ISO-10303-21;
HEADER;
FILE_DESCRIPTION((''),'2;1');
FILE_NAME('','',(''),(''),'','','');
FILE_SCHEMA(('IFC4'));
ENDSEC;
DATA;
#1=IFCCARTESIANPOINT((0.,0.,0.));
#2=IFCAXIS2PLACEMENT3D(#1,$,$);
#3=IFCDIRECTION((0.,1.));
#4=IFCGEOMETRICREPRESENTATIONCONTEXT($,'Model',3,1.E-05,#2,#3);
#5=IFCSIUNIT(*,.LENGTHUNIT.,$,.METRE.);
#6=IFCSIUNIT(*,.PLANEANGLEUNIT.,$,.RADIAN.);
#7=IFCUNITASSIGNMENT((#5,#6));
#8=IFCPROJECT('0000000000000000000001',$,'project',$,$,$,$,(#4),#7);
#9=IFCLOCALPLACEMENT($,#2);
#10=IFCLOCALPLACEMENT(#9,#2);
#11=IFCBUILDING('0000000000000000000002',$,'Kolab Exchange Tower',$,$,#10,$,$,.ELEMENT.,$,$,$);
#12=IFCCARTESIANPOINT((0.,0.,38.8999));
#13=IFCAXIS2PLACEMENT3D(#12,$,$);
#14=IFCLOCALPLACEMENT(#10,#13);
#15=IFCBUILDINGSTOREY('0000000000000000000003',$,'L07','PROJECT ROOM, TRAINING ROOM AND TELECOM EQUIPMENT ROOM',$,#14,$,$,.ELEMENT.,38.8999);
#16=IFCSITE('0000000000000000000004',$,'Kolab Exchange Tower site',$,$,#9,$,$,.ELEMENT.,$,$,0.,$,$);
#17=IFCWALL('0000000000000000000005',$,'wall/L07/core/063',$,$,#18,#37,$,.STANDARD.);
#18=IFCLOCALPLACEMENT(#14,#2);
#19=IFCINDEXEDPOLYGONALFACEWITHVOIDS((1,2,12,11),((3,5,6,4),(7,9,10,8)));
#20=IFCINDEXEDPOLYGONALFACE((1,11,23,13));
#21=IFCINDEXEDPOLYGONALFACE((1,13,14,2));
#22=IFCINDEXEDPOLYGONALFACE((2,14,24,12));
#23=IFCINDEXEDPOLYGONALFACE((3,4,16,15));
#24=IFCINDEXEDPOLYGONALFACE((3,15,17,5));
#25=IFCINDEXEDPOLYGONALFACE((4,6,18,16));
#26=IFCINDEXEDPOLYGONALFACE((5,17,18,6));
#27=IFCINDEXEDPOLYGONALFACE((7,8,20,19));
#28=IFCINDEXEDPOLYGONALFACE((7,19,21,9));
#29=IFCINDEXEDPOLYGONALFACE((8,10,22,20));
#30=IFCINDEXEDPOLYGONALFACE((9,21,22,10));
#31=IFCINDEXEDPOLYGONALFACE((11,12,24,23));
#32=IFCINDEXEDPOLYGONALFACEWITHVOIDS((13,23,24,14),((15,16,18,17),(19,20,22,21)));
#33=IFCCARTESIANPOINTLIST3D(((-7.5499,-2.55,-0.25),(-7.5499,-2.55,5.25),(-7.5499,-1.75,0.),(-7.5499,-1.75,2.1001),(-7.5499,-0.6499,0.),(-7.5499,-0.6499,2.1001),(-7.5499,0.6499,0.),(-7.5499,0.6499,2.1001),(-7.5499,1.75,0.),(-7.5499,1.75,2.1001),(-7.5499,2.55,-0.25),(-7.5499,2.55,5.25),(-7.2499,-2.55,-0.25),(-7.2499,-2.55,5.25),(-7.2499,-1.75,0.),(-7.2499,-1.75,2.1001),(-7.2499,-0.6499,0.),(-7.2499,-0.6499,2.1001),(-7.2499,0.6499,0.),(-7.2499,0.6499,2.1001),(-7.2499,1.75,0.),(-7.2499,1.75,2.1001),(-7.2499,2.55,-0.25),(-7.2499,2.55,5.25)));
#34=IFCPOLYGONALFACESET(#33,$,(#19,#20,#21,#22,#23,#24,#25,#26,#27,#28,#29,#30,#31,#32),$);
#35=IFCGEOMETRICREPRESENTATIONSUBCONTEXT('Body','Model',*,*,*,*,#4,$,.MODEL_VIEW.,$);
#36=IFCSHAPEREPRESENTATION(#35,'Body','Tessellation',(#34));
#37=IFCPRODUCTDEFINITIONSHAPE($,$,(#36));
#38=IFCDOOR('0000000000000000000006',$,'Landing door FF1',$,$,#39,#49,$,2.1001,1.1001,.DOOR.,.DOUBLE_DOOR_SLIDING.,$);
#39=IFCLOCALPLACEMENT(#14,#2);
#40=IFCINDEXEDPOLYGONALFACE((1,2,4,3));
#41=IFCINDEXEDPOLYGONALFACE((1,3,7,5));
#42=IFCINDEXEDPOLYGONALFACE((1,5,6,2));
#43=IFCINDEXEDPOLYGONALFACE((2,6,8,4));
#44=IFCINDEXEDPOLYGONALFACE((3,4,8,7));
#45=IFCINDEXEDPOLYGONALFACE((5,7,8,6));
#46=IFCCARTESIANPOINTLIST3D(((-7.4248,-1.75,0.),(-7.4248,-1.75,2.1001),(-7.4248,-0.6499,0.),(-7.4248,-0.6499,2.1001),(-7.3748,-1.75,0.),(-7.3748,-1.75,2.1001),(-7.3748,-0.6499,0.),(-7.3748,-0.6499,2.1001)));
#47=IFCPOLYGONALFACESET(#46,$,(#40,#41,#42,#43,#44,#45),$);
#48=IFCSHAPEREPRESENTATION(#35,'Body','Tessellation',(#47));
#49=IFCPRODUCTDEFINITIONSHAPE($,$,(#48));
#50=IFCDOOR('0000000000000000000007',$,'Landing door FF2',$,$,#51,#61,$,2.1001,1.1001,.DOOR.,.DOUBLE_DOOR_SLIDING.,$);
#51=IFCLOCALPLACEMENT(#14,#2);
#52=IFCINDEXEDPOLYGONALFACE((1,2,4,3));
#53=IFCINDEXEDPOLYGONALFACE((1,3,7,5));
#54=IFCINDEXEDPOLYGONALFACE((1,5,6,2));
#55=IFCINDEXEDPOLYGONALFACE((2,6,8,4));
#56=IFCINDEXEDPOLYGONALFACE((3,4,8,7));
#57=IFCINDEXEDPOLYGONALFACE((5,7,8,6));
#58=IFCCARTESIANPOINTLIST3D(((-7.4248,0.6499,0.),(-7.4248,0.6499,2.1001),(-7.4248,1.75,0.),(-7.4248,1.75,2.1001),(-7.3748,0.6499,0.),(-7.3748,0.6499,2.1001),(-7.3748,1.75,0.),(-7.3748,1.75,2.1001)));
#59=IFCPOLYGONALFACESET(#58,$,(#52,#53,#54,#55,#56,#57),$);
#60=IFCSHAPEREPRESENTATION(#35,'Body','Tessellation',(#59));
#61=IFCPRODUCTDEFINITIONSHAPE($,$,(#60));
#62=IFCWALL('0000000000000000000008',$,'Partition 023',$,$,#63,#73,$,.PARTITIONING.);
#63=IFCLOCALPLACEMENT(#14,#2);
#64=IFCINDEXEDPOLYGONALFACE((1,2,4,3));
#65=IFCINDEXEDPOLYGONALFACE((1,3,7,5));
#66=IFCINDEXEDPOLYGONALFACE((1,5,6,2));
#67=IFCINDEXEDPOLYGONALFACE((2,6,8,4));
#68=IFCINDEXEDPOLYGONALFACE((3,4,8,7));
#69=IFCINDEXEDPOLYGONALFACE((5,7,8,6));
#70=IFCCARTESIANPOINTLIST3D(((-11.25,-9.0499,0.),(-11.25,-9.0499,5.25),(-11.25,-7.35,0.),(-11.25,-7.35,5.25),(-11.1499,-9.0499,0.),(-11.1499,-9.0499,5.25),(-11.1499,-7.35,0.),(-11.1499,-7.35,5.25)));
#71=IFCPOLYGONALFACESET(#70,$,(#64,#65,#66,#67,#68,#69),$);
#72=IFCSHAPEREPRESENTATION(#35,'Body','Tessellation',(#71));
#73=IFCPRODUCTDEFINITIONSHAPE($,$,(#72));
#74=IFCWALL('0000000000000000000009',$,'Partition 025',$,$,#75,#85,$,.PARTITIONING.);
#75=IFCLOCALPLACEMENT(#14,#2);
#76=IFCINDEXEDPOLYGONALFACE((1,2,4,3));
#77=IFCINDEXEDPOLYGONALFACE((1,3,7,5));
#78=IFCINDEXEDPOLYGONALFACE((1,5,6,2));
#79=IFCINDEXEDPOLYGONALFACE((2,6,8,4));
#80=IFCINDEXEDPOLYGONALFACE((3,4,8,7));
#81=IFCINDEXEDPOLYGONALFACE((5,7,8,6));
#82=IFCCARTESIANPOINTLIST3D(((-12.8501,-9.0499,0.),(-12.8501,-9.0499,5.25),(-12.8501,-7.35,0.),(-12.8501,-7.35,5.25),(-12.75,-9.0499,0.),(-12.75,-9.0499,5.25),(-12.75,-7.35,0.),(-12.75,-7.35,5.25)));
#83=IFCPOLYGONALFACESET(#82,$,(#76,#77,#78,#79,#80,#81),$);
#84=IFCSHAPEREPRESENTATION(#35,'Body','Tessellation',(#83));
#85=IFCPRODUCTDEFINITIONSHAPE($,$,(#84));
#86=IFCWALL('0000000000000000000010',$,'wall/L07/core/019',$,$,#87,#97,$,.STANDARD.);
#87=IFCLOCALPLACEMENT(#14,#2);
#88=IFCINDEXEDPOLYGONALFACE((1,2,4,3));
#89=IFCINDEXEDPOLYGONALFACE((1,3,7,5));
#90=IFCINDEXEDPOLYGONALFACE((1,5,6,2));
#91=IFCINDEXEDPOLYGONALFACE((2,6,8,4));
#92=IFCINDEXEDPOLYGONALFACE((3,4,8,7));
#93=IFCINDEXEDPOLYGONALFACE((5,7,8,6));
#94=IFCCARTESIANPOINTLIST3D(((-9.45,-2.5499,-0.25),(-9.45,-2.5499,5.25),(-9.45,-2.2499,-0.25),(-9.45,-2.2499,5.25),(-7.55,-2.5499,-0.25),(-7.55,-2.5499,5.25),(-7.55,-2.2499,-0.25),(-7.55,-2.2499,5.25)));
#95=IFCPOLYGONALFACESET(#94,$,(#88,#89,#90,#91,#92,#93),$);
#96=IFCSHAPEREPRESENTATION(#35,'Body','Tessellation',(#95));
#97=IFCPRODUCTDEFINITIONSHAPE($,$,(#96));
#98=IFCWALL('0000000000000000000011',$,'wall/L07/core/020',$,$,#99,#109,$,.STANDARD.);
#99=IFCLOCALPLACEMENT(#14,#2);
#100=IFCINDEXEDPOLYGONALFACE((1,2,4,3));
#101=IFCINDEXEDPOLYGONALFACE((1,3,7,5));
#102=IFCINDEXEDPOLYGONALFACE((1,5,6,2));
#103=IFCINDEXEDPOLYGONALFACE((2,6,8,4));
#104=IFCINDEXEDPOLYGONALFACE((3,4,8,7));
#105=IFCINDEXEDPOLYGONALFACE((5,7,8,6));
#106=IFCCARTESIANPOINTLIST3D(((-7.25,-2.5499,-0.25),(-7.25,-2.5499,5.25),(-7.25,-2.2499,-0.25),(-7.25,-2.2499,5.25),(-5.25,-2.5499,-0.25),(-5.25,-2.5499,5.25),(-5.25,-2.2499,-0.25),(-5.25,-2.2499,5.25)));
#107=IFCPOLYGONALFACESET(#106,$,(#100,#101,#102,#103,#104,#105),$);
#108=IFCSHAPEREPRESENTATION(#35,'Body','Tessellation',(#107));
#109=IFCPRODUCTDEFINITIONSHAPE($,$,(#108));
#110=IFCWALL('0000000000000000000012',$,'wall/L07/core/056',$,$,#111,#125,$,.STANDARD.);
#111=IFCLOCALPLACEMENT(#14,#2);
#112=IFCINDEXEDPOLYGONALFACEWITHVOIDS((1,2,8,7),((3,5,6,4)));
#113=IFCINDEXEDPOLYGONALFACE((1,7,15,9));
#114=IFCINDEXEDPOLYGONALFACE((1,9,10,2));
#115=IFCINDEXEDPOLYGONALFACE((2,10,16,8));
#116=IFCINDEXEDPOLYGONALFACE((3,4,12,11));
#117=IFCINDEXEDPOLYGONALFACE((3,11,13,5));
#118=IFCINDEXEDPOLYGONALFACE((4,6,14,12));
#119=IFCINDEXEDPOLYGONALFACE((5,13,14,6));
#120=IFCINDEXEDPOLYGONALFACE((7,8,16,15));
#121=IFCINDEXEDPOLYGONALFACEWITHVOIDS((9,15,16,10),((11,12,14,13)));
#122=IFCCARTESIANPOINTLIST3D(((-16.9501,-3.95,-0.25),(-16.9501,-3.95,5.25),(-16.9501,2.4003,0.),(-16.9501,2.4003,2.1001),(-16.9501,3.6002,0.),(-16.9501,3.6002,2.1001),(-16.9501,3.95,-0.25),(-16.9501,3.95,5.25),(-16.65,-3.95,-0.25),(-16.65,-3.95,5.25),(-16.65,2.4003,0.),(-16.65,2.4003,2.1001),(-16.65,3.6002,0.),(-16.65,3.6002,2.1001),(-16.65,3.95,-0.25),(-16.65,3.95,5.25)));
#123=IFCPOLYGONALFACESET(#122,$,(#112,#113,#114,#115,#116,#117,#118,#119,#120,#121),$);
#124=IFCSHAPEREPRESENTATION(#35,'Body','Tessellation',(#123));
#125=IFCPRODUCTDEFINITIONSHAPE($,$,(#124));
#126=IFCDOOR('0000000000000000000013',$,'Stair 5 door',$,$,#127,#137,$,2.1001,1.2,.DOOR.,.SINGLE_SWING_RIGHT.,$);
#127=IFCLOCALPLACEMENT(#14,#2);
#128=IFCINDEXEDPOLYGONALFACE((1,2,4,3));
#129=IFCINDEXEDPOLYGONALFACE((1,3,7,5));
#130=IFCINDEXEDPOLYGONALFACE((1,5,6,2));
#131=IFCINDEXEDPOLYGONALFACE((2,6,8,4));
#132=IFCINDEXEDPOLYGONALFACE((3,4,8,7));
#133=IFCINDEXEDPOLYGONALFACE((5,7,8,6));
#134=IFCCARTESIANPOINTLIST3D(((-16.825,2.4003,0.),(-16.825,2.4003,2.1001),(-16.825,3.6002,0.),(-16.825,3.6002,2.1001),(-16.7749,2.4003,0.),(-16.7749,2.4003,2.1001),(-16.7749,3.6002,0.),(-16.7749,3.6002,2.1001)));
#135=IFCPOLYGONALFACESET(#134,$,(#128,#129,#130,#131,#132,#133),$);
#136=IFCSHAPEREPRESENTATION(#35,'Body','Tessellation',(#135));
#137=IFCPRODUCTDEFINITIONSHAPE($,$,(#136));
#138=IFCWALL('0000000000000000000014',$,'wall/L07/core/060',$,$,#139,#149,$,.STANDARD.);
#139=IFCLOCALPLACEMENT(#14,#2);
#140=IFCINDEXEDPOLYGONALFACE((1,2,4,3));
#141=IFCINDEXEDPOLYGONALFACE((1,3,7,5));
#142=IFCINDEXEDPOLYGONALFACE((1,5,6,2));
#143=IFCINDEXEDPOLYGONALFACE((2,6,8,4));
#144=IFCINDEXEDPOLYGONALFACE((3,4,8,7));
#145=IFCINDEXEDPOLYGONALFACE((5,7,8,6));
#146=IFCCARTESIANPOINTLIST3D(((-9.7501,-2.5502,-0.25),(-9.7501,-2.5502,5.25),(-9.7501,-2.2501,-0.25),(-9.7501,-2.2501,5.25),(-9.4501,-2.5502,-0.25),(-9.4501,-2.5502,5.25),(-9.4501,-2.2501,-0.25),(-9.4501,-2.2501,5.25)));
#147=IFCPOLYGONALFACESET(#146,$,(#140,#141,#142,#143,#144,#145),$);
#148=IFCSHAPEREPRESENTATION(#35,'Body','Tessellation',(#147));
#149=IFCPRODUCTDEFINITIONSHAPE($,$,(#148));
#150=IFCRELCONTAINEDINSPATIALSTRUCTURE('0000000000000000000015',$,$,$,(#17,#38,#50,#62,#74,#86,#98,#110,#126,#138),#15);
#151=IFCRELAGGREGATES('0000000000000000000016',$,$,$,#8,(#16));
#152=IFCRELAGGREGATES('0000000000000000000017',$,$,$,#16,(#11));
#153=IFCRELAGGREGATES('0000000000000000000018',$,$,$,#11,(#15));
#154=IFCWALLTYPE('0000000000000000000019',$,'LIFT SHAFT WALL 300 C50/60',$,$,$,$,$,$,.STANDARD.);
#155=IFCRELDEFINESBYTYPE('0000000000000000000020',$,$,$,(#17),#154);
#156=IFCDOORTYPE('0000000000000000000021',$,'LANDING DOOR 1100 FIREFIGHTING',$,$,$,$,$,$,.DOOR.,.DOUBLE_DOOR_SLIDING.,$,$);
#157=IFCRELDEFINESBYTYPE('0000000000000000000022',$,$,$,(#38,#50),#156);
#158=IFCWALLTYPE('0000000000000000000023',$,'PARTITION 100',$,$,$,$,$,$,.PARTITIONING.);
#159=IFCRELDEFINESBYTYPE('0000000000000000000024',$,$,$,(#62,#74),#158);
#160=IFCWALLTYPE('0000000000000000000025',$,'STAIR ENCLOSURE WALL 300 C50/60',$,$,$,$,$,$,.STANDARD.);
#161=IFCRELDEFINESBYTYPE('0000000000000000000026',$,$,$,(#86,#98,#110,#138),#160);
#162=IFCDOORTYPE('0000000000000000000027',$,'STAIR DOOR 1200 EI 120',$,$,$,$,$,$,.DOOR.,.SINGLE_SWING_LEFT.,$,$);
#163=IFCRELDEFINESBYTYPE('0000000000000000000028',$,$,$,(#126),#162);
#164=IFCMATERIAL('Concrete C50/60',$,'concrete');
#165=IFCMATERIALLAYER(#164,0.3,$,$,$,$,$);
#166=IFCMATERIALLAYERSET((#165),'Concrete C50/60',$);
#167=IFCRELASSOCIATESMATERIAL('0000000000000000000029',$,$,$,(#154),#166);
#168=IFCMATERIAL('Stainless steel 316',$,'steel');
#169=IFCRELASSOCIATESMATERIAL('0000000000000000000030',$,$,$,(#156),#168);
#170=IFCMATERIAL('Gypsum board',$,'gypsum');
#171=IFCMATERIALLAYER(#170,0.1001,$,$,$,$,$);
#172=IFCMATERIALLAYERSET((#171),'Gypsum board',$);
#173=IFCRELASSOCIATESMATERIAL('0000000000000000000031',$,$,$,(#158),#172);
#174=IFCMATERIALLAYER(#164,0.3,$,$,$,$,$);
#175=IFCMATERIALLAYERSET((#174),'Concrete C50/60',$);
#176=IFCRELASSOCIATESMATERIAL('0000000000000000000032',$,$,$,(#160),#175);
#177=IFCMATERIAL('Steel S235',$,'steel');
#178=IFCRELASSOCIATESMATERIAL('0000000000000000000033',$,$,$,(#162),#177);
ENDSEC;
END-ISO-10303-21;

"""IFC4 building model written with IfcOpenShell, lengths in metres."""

from ifc_helpers import new_model, si_unit, direction, frame, frame_2d, origin, place, context, subcontext, project, spatial, rectangle, extrude, material, layer, layer_set, type_object, element, fill, save


model = new_model("IFC4")

# Units and contexts
model_context = context("Model", 3, precision=1e-05, world=origin(), true_north=direction((0.0, 1.0)))
body_context = subcontext(model_context, "Body", "Model", "MODEL_VIEW")
ifc_project = project(units=[si_unit("LENGTHUNIT", "METRE"), si_unit("PLANEANGLEUNIT", "RADIAN")], contexts=[model_context])

# Site, building, storey
site_placement = place(None, origin())
site = spatial("IfcSite", under=ifc_project, at=site_placement, Name="Kolab Exchange Tower site", CompositionType="ELEMENT", RefElevation=0.0)
building_placement = place(site_placement, origin())
building = spatial("IfcBuilding", under=site, at=building_placement, Name="Kolab Exchange Tower", CompositionType="ELEMENT")
storey_placement = place(building_placement, frame((0.0, 0.0, 38.8999)))
storey = spatial("IfcBuildingStorey", under=building, at=storey_placement, Name="L07", Description="PROJECT ROOM, TRAINING ROOM AND TELECOM EQUIPMENT ROOM", CompositionType="ELEMENT", Elevation=38.8999)

# Shared definitions
ifc_material_1 = material(Name="Steel S235", Category="steel")

# Shared definitions
ifc_material_2 = material(Name="Concrete C50/60", Category="concrete")
ifc_layer_1 = layer(ifc_material_2, 0.3)
ifc_layer_set_1 = layer_set([ifc_layer_1], Name="Concrete C50/60")
wall_type_1 = type_object("IfcWallType", Name="LIFT SHAFT WALL 300 C50/60", PredefinedType="STANDARD", material=ifc_layer_set_1)

# Wall, openings, doors
wall_1_placement = place(storey_placement, frame((-7.3999, -2.55, -0.25), z_axis=(0.0, 0.0, 1.0), x_axis=(0.0, 1.0, 0.0)))
wall_1 = element("IfcWall", 1, at=wall_1_placement, inside=storey, type_object=wall_type_1, Name="wall/L07/core/063", PredefinedType="STANDARD", context=body_context, shape_type="SweptSolid", body=[
    extrude(rectangle(XDim=5.1001, YDim=0.3, at=frame_2d((2.55, 0.0))), origin(), (0.0, 0.0, 1.0), 5.5),
])
opening_1_placement = place(wall_1_placement, frame((0.8, 0.0, 0.25)))
opening_1 = element("IfcOpeningElement", 2, at=opening_1_placement, cuts=wall_1, PredefinedType="OPENING", context=body_context, shape_type="SweptSolid", body=[
    extrude(rectangle(XDim=1.1001, YDim=2.1001, at=frame_2d((0.55, 1.05))), frame((0.0, 0.1602, 0.0), z_axis=(0.0, -1.0, 0.0), x_axis=(1.0, 0.0, 0.0)), (0.0, 0.0, 1.0), 0.3201),
])
opening_2_placement = place(wall_1_placement, frame((3.2, 0.0, 0.25)))
opening_2 = element("IfcOpeningElement", 3, at=opening_2_placement, cuts=wall_1, PredefinedType="OPENING", context=body_context, shape_type="SweptSolid", body=[
    extrude(rectangle(XDim=1.1001, YDim=2.1001, at=frame_2d((0.55, 1.05))), frame((0.0, 0.1602, 0.0), z_axis=(0.0, -1.0, 0.0), x_axis=(1.0, 0.0, 0.0)), (0.0, 0.0, 1.0), 0.3201),
])
ifc_material_3 = material(Name="Stainless steel 316", Category="steel")
door_type_1 = type_object("IfcDoorType", Name="LANDING DOOR 1100 FIREFIGHTING", OperationType="DOUBLE_DOOR_SLIDING", PredefinedType="DOOR", material=ifc_material_3)
door_1_placement = place(opening_1_placement, origin())
door_1 = element("IfcDoor", 4, at=door_1_placement, inside=storey, type_object=door_type_1, Name="Landing door FF1", OperationType="DOUBLE_DOOR_SLIDING", OverallHeight=2.1001, OverallWidth=1.1001, PredefinedType="DOOR", context=body_context, shape_type="SweptSolid", body=[
    extrude(rectangle(XDim=1.1001, YDim=2.1001, at=frame_2d((0.55, 1.05))), frame((0.0, 0.0249, 0.0), z_axis=(0.0, -1.0, 0.0), x_axis=(1.0, 0.0, 0.0)), (0.0, 0.0, 1.0), 0.05),
])
fill(opening_1, door_1)
door_2_placement = place(opening_2_placement, origin())
door_2 = element("IfcDoor", 5, at=door_2_placement, inside=storey, type_object=door_type_1, Name="Landing door FF2", OperationType="DOUBLE_DOOR_SLIDING", OverallHeight=2.1001, OverallWidth=1.1001, PredefinedType="DOOR", context=body_context, shape_type="SweptSolid", body=[
    extrude(rectangle(XDim=1.1001, YDim=2.1001, at=frame_2d((0.55, 1.05))), frame((0.0, 0.0249, 0.0), z_axis=(0.0, -1.0, 0.0), x_axis=(1.0, 0.0, 0.0)), (0.0, 0.0, 1.0), 0.05),
])
fill(opening_2, door_2)

# Walls
ifc_material_4 = material(Name="Gypsum board", Category="gypsum")
ifc_layer_2 = layer(ifc_material_4, 0.1001)
ifc_layer_set_2 = layer_set([ifc_layer_2], Name="Gypsum board")
wall_type_2 = type_object("IfcWallType", Name="PARTITION 100", PredefinedType="PARTITIONING", material=ifc_layer_set_2)
for number, where, z_axis, x_axis, name in (
    (6, (-11.2, -9.05, 0.0), (0.0, 0.0, 1.0), (0.0, 1.0, 0.0), "Partition 023"),
    (7, (-12.8, -9.05, 0.0), (0.0, 0.0, 1.0), (0.0, 1.0, 0.0), "Partition 025"),
):
    element("IfcWall", number, at=place(storey_placement, frame(where, z_axis=z_axis, x_axis=x_axis)), inside=storey, type_object=wall_type_2, Name=name, PredefinedType="PARTITIONING", context=body_context, shape_type="SweptSolid", body=[
        extrude(rectangle(XDim=1.7, YDim=0.1001, at=frame_2d((0.8501, 0.0))), origin(), (0.0, 0.0, 1.0), 5.25),
    ])
ifc_layer_3 = layer(ifc_material_2, 0.3)
ifc_layer_set_3 = layer_set([ifc_layer_3], Name="Concrete C50/60")
wall_type_3 = type_object("IfcWallType", Name="STAIR ENCLOSURE WALL 300 C50/60", PredefinedType="STANDARD", material=ifc_layer_set_3)
wall_2_placement = place(storey_placement, frame((-9.45, -2.3999, -0.25), z_axis=(0.0, 0.0, 1.0), x_axis=(1.0, 0.0, 0.0)))
element("IfcWall", 8, at=wall_2_placement, inside=storey, type_object=wall_type_3, Name="wall/L07/core/019", PredefinedType="STANDARD", context=body_context, shape_type="SweptSolid", body=[
    extrude(rectangle(XDim=1.8999, YDim=0.3, at=frame_2d((0.95, 0.0))), origin(), (0.0, 0.0, 1.0), 5.5),
])
wall_3_placement = place(storey_placement, frame((-7.25, -2.3999, -0.25), z_axis=(0.0, 0.0, 1.0), x_axis=(1.0, 0.0, 0.0)))
element("IfcWall", 9, at=wall_3_placement, inside=storey, type_object=wall_type_3, Name="wall/L07/core/020", PredefinedType="STANDARD", context=body_context, shape_type="SweptSolid", body=[
    extrude(rectangle(XDim=2.0, YDim=0.3, at=frame_2d((1.0, 0.0))), origin(), (0.0, 0.0, 1.0), 5.5),
])

# Wall, opening, door
wall_4_placement = place(storey_placement, frame((-16.8, -3.95, -0.25), z_axis=(0.0, 0.0, 1.0), x_axis=(0.0, 1.0, 0.0)))
wall_4 = element("IfcWall", 10, at=wall_4_placement, inside=storey, type_object=wall_type_3, Name="wall/L07/core/056", PredefinedType="STANDARD", context=body_context, shape_type="SweptSolid", body=[
    extrude(rectangle(XDim=7.8999, YDim=0.3, at=frame_2d((3.95, 0.0))), origin(), (0.0, 0.0, 1.0), 5.5),
])
opening_3_placement = place(wall_4_placement, frame((6.3501, 0.0, 0.25)))
opening_3 = element("IfcOpeningElement", 11, at=opening_3_placement, cuts=wall_4, PredefinedType="OPENING", context=body_context, shape_type="SweptSolid", body=[
    extrude(rectangle(XDim=1.2, YDim=2.1001, at=frame_2d((0.6001, 1.05))), frame((0.0, 0.1602, 0.0), z_axis=(0.0, -1.0, 0.0), x_axis=(1.0, 0.0, 0.0)), (0.0, 0.0, 1.0), 0.3201),
])
door_type_2 = type_object("IfcDoorType", Name="STAIR DOOR 1200 EI 120", OperationType="SINGLE_SWING_LEFT", PredefinedType="DOOR", material=ifc_material_1)
door_3_placement = place(opening_3_placement, origin())
door_3 = element("IfcDoor", 12, at=door_3_placement, inside=storey, type_object=door_type_2, Name="Stair 5 door", OperationType="SINGLE_SWING_RIGHT", OverallHeight=2.1001, OverallWidth=1.2, PredefinedType="DOOR", context=body_context, shape_type="SweptSolid", body=[
    extrude(rectangle(XDim=1.2, YDim=2.1001, at=frame_2d((0.6001, 1.05))), frame((0.0, 0.0249, 0.0), z_axis=(0.0, -1.0, 0.0), x_axis=(1.0, 0.0, 0.0)), (0.0, 0.0, 1.0), 0.05),
])
fill(opening_3, door_3)

# Wall
wall_5_placement = place(storey_placement, frame((-9.6001, -2.55, -0.25), z_axis=(0.0, 0.0, 1.0), x_axis=(0.0, 1.0, 0.0)))
element("IfcWall", 13, at=wall_5_placement, inside=storey, type_object=wall_type_3, Name="wall/L07/core/060", PredefinedType="STANDARD", context=body_context, shape_type="SweptSolid", body=[
    extrude(rectangle(XDim=0.3, YDim=0.3, at=frame_2d((0.1499, 0.0))), origin(), (0.0, 0.0, 1.0), 5.5),
])

save(model, "model.ifc")
